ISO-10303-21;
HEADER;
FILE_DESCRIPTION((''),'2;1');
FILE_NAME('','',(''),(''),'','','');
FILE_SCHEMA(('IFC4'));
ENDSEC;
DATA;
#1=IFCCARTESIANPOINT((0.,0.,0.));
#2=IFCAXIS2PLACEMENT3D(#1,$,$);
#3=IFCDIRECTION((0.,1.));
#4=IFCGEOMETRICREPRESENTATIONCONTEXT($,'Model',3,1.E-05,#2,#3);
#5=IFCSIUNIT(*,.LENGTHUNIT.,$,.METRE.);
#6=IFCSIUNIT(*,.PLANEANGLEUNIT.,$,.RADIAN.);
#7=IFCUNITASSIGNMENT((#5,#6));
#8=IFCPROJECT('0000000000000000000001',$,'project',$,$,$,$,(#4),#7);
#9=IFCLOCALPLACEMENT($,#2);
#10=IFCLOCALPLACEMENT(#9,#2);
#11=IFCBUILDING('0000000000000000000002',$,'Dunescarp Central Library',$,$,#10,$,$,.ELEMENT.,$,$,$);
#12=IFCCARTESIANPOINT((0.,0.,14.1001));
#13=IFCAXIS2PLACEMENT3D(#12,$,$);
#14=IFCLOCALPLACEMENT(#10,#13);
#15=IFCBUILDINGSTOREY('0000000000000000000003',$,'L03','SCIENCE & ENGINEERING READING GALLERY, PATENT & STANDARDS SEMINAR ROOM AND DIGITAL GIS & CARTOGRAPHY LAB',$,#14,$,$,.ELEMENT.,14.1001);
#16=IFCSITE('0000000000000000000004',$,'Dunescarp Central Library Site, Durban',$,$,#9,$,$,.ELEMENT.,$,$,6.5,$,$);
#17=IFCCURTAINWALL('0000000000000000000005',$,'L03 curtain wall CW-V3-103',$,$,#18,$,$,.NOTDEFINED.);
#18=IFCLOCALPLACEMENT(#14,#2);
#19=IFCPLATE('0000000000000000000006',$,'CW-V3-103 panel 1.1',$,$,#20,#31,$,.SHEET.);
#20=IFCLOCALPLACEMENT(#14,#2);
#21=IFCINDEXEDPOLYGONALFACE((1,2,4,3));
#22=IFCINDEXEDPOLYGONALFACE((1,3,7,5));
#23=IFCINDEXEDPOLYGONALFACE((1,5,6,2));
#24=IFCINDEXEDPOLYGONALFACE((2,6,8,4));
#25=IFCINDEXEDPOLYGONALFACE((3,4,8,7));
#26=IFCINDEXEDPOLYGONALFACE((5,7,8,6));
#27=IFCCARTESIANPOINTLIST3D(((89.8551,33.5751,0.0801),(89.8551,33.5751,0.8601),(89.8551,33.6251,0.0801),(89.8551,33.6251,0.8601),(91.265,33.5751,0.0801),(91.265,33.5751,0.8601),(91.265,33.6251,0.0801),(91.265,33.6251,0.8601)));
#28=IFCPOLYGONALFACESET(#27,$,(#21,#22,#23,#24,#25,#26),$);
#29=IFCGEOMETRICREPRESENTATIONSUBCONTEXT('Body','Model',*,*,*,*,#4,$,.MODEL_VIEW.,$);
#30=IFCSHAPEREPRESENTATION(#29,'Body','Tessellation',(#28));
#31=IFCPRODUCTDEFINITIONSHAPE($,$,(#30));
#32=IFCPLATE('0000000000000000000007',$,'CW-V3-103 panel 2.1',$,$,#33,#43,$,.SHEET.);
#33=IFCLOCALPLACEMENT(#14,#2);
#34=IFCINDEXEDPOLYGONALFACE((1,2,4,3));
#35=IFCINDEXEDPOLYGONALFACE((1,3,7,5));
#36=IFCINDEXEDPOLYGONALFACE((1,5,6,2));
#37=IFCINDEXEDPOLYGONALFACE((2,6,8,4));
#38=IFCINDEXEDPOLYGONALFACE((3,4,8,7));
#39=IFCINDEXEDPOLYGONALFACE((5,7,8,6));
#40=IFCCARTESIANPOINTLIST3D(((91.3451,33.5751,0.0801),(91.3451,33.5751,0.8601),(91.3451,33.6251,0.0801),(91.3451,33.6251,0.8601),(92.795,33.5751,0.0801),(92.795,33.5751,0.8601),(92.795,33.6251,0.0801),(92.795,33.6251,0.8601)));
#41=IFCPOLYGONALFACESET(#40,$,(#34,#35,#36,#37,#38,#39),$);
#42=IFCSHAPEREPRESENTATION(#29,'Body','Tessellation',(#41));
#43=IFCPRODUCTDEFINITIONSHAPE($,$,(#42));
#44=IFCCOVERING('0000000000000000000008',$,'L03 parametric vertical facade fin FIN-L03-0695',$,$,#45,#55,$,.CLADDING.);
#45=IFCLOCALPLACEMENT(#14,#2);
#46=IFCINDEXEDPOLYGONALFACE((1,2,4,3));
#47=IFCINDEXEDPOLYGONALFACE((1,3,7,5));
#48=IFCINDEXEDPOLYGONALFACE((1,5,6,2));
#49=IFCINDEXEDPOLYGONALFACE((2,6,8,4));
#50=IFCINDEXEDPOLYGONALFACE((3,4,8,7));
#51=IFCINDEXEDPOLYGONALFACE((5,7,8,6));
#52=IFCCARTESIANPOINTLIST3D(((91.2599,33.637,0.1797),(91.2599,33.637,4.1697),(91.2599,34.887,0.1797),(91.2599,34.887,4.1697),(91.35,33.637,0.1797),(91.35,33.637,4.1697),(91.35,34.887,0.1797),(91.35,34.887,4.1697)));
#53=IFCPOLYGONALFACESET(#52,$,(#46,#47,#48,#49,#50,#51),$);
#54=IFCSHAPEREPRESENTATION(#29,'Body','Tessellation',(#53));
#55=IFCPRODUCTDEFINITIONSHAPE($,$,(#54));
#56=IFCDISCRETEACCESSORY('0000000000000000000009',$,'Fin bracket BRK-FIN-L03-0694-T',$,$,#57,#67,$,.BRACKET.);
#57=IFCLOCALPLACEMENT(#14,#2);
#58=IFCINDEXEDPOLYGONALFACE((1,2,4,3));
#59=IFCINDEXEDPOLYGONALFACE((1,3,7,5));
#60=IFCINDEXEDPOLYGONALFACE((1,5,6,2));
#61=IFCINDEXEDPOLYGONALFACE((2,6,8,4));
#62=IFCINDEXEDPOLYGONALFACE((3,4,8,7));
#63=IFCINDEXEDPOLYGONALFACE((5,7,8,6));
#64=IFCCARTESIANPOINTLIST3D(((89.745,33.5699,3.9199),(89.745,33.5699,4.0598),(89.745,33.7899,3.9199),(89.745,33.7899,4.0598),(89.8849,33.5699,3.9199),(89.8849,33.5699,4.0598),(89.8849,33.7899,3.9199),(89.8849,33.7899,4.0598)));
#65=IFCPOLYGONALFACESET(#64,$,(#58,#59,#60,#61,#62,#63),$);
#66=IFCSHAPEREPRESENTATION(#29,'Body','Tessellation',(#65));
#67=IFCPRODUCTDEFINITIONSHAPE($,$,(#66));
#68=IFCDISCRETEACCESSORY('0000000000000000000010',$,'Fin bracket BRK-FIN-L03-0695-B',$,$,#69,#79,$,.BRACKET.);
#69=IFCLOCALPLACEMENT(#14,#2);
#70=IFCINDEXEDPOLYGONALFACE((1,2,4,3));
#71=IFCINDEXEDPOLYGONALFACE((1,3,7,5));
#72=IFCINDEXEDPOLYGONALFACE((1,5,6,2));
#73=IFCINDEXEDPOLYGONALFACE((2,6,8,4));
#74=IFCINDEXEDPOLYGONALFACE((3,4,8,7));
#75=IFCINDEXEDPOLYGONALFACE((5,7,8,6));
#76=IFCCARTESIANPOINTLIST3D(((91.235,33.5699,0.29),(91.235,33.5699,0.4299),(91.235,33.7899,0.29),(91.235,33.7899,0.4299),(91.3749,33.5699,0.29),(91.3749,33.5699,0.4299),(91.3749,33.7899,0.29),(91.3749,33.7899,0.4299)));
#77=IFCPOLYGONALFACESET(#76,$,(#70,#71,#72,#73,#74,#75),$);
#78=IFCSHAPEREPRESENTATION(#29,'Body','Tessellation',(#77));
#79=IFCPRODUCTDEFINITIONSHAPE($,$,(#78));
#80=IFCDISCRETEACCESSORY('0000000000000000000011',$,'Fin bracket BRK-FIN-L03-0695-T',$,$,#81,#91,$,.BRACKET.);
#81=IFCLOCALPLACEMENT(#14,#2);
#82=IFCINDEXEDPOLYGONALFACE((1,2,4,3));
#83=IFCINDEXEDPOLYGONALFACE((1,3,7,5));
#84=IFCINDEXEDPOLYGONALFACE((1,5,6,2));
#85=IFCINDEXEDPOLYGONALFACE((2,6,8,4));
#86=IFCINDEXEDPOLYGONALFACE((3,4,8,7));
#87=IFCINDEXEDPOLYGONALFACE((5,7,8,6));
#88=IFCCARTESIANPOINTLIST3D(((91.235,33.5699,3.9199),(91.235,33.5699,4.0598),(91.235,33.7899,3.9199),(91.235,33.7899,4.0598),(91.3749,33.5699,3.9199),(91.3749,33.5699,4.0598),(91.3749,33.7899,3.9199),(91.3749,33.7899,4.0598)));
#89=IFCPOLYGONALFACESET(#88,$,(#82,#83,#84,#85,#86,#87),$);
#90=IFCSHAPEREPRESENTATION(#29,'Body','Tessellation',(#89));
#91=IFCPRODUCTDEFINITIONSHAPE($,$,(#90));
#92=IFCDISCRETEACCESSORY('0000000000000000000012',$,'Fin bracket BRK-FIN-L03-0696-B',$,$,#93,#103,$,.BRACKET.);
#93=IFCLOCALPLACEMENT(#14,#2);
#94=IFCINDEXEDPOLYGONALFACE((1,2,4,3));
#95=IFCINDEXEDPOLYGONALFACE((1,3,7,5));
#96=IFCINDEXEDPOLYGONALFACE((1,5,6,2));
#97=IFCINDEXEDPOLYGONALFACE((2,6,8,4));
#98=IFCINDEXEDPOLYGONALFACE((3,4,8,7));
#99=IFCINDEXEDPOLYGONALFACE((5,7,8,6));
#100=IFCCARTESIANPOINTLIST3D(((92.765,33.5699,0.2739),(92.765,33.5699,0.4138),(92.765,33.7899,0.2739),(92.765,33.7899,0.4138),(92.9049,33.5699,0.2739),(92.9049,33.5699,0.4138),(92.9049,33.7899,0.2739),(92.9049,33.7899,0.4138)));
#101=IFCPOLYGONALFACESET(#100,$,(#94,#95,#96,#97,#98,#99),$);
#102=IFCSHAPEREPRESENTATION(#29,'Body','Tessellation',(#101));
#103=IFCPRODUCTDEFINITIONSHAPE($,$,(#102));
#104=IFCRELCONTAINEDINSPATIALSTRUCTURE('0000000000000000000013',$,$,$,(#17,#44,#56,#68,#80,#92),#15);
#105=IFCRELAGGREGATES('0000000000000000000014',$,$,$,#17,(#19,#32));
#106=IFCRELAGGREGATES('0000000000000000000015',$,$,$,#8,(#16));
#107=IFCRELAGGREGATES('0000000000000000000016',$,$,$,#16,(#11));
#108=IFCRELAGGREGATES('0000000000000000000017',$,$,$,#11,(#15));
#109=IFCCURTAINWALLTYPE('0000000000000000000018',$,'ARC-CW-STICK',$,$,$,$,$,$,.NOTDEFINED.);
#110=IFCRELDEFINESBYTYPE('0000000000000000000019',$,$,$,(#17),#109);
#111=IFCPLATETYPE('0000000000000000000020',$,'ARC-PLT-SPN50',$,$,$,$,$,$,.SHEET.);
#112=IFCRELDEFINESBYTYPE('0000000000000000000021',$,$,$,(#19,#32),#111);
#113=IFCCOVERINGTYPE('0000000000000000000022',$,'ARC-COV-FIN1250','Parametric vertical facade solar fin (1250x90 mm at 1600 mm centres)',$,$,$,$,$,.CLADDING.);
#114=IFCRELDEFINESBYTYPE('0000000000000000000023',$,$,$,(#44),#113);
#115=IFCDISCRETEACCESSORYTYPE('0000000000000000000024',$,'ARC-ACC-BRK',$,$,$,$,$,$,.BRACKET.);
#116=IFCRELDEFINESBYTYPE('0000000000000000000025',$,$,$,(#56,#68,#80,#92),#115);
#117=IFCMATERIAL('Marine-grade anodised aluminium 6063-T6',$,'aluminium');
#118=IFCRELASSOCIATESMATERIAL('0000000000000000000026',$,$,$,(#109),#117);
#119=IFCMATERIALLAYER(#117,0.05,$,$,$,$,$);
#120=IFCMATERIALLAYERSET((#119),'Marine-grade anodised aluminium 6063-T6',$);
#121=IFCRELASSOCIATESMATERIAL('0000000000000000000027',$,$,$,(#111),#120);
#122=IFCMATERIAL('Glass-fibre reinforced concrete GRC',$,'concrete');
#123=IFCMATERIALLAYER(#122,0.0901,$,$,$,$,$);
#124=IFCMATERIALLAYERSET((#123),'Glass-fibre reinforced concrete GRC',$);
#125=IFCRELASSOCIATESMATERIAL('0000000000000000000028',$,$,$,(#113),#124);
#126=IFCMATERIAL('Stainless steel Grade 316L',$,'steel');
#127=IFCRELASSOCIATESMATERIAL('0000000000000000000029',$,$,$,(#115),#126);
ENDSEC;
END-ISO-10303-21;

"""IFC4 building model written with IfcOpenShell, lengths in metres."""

from ifc_helpers import new_model, si_unit, direction, frame, origin, origin_2d, place, context, subcontext, project, spatial, rectangle, extrude, material, layer, layer_set, type_object, element, aggregate, save


model = new_model("IFC4")

# Units and contexts
model_context = context("Model", 3, precision=1e-05, world=origin(), true_north=direction((0.0, 1.0)))
body_context = subcontext(model_context, "Body", "Model", "MODEL_VIEW")
ifc_project = project(units=[si_unit("LENGTHUNIT", "METRE"), si_unit("PLANEANGLEUNIT", "RADIAN")], contexts=[model_context])

# Site, building, storey
site_placement = place(None, origin())
site = spatial("IfcSite", under=ifc_project, at=site_placement, Name="Dunescarp Central Library Site, Durban", CompositionType="ELEMENT", RefElevation=6.5)
building_placement = place(site_placement, origin())
building = spatial("IfcBuilding", under=site, at=building_placement, Name="Dunescarp Central Library", CompositionType="ELEMENT")
storey_placement = place(building_placement, frame((0.0, 0.0, 14.1001)))
storey = spatial("IfcBuildingStorey", under=building, at=storey_placement, Name="L03", Description="SCIENCE & ENGINEERING READING GALLERY, PATENT & STANDARDS SEMINAR ROOM AND DIGITAL GIS & CARTOGRAPHY LAB", CompositionType="ELEMENT", Elevation=14.1001)

# Curtain wall, plates
ifc_material_1 = material(Name="Marine-grade anodised aluminium 6063-T6", Category="aluminium")
curtain_wall_type = type_object("IfcCurtainWallType", Name="ARC-CW-STICK", PredefinedType="NOTDEFINED", material=ifc_material_1)
curtain_wall_placement = place(storey_placement, origin())
curtain_wall = element("IfcCurtainWall", 1, at=curtain_wall_placement, inside=storey, type_object=curtain_wall_type, Name="L03 curtain wall CW-V3-103", PredefinedType="NOTDEFINED")
ifc_layer_1 = layer(ifc_material_1, 0.05)
ifc_layer_set_1 = layer_set([ifc_layer_1], Name="Marine-grade anodised aluminium 6063-T6")
plate_type_1 = type_object("IfcPlateType", Name="ARC-PLT-SPN50", PredefinedType="SHEET", material=ifc_layer_set_1)
plate_1_placement = place(storey_placement, frame((90.5601, 33.6001, 0.0801), z_axis=(0.0, 0.0, 1.0), x_axis=(1.0, 0.0, 0.0)))
plate_1 = element("IfcPlate", 2, at=plate_1_placement, type_object=plate_type_1, Name="CW-V3-103 panel 1.1", PredefinedType="SHEET", context=body_context, shape_type="SweptSolid", body=[
    extrude(rectangle(XDim=1.4099, YDim=0.05, at=origin_2d()), origin(), (0.0, 0.0, 1.0), 0.78),
])
plate_2_placement = place(storey_placement, frame((92.0701, 33.6001, 0.0801), z_axis=(0.0, 0.0, 1.0), x_axis=(1.0, 0.0, 0.0)))
plate_2 = element("IfcPlate", 3, at=plate_2_placement, type_object=plate_type_1, Name="CW-V3-103 panel 2.1", PredefinedType="SHEET", context=body_context, shape_type="SweptSolid", body=[
    extrude(rectangle(XDim=1.45, YDim=0.05, at=origin_2d()), origin(), (0.0, 0.0, 1.0), 0.78),
])
aggregate(curtain_wall, [plate_1, plate_2])

# Covering
ifc_material_2 = material(Name="Glass-fibre reinforced concrete GRC", Category="concrete")
ifc_layer_2 = layer(ifc_material_2, 0.0901)
ifc_layer_set_2 = layer_set([ifc_layer_2], Name="Glass-fibre reinforced concrete GRC")
covering_type = type_object("IfcCoveringType", Name="ARC-COV-FIN1250", Description="Parametric vertical facade solar fin (1250x90 mm at 1600 mm centres)", PredefinedType="CLADDING", material=ifc_layer_set_2)
covering_placement = place(storey_placement, frame((91.3049, 34.262, 0.1797), z_axis=(0.0, 0.0, 1.0), x_axis=(0.0, 1.0, 0.0)))
element("IfcCovering", 4, at=covering_placement, inside=storey, type_object=covering_type, Name="L03 parametric vertical facade fin FIN-L03-0695", PredefinedType="CLADDING", context=body_context, shape_type="SweptSolid", body=[
    extrude(rectangle(XDim=1.25, YDim=0.0901, at=origin_2d()), origin(), (0.0, 0.0, 1.0), 3.99),
])

# Discrete accessories
ifc_material_3 = material(Name="Stainless steel Grade 316L", Category="steel")
discrete_accessory_type = type_object("IfcDiscreteAccessoryType", Name="ARC-ACC-BRK", PredefinedType="BRACKET", material=ifc_material_3)
for number, where, z_axis, x_axis, name in (
    (5, (89.8149, 33.6799, 3.9199), (0.0, 0.0, 1.0), (0.0, 1.0, 0.0), "Fin bracket BRK-FIN-L03-0694-T"),
    (6, (91.3049, 33.6799, 0.29), (0.0, 0.0, 1.0), (0.0, 1.0, 0.0), "Fin bracket BRK-FIN-L03-0695-B"),
    (7, (91.3049, 33.6799, 3.9199), (0.0, 0.0, 1.0), (0.0, 1.0, 0.0), "Fin bracket BRK-FIN-L03-0695-T"),
    (8, (92.835, 33.6799, 0.2739), (0.0, 0.0, 1.0), (0.0, 1.0, 0.0), "Fin bracket BRK-FIN-L03-0696-B"),
):
    element("IfcDiscreteAccessory", number, at=place(storey_placement, frame(where, z_axis=z_axis, x_axis=x_axis)), inside=storey, type_object=discrete_accessory_type, Name=name, PredefinedType="BRACKET", context=body_context, shape_type="SweptSolid", body=[
        extrude(rectangle(XDim=0.22, YDim=0.1399, at=origin_2d()), origin(), (0.0, 0.0, 1.0), 0.1399),
    ])

save(model, "model.ifc")
